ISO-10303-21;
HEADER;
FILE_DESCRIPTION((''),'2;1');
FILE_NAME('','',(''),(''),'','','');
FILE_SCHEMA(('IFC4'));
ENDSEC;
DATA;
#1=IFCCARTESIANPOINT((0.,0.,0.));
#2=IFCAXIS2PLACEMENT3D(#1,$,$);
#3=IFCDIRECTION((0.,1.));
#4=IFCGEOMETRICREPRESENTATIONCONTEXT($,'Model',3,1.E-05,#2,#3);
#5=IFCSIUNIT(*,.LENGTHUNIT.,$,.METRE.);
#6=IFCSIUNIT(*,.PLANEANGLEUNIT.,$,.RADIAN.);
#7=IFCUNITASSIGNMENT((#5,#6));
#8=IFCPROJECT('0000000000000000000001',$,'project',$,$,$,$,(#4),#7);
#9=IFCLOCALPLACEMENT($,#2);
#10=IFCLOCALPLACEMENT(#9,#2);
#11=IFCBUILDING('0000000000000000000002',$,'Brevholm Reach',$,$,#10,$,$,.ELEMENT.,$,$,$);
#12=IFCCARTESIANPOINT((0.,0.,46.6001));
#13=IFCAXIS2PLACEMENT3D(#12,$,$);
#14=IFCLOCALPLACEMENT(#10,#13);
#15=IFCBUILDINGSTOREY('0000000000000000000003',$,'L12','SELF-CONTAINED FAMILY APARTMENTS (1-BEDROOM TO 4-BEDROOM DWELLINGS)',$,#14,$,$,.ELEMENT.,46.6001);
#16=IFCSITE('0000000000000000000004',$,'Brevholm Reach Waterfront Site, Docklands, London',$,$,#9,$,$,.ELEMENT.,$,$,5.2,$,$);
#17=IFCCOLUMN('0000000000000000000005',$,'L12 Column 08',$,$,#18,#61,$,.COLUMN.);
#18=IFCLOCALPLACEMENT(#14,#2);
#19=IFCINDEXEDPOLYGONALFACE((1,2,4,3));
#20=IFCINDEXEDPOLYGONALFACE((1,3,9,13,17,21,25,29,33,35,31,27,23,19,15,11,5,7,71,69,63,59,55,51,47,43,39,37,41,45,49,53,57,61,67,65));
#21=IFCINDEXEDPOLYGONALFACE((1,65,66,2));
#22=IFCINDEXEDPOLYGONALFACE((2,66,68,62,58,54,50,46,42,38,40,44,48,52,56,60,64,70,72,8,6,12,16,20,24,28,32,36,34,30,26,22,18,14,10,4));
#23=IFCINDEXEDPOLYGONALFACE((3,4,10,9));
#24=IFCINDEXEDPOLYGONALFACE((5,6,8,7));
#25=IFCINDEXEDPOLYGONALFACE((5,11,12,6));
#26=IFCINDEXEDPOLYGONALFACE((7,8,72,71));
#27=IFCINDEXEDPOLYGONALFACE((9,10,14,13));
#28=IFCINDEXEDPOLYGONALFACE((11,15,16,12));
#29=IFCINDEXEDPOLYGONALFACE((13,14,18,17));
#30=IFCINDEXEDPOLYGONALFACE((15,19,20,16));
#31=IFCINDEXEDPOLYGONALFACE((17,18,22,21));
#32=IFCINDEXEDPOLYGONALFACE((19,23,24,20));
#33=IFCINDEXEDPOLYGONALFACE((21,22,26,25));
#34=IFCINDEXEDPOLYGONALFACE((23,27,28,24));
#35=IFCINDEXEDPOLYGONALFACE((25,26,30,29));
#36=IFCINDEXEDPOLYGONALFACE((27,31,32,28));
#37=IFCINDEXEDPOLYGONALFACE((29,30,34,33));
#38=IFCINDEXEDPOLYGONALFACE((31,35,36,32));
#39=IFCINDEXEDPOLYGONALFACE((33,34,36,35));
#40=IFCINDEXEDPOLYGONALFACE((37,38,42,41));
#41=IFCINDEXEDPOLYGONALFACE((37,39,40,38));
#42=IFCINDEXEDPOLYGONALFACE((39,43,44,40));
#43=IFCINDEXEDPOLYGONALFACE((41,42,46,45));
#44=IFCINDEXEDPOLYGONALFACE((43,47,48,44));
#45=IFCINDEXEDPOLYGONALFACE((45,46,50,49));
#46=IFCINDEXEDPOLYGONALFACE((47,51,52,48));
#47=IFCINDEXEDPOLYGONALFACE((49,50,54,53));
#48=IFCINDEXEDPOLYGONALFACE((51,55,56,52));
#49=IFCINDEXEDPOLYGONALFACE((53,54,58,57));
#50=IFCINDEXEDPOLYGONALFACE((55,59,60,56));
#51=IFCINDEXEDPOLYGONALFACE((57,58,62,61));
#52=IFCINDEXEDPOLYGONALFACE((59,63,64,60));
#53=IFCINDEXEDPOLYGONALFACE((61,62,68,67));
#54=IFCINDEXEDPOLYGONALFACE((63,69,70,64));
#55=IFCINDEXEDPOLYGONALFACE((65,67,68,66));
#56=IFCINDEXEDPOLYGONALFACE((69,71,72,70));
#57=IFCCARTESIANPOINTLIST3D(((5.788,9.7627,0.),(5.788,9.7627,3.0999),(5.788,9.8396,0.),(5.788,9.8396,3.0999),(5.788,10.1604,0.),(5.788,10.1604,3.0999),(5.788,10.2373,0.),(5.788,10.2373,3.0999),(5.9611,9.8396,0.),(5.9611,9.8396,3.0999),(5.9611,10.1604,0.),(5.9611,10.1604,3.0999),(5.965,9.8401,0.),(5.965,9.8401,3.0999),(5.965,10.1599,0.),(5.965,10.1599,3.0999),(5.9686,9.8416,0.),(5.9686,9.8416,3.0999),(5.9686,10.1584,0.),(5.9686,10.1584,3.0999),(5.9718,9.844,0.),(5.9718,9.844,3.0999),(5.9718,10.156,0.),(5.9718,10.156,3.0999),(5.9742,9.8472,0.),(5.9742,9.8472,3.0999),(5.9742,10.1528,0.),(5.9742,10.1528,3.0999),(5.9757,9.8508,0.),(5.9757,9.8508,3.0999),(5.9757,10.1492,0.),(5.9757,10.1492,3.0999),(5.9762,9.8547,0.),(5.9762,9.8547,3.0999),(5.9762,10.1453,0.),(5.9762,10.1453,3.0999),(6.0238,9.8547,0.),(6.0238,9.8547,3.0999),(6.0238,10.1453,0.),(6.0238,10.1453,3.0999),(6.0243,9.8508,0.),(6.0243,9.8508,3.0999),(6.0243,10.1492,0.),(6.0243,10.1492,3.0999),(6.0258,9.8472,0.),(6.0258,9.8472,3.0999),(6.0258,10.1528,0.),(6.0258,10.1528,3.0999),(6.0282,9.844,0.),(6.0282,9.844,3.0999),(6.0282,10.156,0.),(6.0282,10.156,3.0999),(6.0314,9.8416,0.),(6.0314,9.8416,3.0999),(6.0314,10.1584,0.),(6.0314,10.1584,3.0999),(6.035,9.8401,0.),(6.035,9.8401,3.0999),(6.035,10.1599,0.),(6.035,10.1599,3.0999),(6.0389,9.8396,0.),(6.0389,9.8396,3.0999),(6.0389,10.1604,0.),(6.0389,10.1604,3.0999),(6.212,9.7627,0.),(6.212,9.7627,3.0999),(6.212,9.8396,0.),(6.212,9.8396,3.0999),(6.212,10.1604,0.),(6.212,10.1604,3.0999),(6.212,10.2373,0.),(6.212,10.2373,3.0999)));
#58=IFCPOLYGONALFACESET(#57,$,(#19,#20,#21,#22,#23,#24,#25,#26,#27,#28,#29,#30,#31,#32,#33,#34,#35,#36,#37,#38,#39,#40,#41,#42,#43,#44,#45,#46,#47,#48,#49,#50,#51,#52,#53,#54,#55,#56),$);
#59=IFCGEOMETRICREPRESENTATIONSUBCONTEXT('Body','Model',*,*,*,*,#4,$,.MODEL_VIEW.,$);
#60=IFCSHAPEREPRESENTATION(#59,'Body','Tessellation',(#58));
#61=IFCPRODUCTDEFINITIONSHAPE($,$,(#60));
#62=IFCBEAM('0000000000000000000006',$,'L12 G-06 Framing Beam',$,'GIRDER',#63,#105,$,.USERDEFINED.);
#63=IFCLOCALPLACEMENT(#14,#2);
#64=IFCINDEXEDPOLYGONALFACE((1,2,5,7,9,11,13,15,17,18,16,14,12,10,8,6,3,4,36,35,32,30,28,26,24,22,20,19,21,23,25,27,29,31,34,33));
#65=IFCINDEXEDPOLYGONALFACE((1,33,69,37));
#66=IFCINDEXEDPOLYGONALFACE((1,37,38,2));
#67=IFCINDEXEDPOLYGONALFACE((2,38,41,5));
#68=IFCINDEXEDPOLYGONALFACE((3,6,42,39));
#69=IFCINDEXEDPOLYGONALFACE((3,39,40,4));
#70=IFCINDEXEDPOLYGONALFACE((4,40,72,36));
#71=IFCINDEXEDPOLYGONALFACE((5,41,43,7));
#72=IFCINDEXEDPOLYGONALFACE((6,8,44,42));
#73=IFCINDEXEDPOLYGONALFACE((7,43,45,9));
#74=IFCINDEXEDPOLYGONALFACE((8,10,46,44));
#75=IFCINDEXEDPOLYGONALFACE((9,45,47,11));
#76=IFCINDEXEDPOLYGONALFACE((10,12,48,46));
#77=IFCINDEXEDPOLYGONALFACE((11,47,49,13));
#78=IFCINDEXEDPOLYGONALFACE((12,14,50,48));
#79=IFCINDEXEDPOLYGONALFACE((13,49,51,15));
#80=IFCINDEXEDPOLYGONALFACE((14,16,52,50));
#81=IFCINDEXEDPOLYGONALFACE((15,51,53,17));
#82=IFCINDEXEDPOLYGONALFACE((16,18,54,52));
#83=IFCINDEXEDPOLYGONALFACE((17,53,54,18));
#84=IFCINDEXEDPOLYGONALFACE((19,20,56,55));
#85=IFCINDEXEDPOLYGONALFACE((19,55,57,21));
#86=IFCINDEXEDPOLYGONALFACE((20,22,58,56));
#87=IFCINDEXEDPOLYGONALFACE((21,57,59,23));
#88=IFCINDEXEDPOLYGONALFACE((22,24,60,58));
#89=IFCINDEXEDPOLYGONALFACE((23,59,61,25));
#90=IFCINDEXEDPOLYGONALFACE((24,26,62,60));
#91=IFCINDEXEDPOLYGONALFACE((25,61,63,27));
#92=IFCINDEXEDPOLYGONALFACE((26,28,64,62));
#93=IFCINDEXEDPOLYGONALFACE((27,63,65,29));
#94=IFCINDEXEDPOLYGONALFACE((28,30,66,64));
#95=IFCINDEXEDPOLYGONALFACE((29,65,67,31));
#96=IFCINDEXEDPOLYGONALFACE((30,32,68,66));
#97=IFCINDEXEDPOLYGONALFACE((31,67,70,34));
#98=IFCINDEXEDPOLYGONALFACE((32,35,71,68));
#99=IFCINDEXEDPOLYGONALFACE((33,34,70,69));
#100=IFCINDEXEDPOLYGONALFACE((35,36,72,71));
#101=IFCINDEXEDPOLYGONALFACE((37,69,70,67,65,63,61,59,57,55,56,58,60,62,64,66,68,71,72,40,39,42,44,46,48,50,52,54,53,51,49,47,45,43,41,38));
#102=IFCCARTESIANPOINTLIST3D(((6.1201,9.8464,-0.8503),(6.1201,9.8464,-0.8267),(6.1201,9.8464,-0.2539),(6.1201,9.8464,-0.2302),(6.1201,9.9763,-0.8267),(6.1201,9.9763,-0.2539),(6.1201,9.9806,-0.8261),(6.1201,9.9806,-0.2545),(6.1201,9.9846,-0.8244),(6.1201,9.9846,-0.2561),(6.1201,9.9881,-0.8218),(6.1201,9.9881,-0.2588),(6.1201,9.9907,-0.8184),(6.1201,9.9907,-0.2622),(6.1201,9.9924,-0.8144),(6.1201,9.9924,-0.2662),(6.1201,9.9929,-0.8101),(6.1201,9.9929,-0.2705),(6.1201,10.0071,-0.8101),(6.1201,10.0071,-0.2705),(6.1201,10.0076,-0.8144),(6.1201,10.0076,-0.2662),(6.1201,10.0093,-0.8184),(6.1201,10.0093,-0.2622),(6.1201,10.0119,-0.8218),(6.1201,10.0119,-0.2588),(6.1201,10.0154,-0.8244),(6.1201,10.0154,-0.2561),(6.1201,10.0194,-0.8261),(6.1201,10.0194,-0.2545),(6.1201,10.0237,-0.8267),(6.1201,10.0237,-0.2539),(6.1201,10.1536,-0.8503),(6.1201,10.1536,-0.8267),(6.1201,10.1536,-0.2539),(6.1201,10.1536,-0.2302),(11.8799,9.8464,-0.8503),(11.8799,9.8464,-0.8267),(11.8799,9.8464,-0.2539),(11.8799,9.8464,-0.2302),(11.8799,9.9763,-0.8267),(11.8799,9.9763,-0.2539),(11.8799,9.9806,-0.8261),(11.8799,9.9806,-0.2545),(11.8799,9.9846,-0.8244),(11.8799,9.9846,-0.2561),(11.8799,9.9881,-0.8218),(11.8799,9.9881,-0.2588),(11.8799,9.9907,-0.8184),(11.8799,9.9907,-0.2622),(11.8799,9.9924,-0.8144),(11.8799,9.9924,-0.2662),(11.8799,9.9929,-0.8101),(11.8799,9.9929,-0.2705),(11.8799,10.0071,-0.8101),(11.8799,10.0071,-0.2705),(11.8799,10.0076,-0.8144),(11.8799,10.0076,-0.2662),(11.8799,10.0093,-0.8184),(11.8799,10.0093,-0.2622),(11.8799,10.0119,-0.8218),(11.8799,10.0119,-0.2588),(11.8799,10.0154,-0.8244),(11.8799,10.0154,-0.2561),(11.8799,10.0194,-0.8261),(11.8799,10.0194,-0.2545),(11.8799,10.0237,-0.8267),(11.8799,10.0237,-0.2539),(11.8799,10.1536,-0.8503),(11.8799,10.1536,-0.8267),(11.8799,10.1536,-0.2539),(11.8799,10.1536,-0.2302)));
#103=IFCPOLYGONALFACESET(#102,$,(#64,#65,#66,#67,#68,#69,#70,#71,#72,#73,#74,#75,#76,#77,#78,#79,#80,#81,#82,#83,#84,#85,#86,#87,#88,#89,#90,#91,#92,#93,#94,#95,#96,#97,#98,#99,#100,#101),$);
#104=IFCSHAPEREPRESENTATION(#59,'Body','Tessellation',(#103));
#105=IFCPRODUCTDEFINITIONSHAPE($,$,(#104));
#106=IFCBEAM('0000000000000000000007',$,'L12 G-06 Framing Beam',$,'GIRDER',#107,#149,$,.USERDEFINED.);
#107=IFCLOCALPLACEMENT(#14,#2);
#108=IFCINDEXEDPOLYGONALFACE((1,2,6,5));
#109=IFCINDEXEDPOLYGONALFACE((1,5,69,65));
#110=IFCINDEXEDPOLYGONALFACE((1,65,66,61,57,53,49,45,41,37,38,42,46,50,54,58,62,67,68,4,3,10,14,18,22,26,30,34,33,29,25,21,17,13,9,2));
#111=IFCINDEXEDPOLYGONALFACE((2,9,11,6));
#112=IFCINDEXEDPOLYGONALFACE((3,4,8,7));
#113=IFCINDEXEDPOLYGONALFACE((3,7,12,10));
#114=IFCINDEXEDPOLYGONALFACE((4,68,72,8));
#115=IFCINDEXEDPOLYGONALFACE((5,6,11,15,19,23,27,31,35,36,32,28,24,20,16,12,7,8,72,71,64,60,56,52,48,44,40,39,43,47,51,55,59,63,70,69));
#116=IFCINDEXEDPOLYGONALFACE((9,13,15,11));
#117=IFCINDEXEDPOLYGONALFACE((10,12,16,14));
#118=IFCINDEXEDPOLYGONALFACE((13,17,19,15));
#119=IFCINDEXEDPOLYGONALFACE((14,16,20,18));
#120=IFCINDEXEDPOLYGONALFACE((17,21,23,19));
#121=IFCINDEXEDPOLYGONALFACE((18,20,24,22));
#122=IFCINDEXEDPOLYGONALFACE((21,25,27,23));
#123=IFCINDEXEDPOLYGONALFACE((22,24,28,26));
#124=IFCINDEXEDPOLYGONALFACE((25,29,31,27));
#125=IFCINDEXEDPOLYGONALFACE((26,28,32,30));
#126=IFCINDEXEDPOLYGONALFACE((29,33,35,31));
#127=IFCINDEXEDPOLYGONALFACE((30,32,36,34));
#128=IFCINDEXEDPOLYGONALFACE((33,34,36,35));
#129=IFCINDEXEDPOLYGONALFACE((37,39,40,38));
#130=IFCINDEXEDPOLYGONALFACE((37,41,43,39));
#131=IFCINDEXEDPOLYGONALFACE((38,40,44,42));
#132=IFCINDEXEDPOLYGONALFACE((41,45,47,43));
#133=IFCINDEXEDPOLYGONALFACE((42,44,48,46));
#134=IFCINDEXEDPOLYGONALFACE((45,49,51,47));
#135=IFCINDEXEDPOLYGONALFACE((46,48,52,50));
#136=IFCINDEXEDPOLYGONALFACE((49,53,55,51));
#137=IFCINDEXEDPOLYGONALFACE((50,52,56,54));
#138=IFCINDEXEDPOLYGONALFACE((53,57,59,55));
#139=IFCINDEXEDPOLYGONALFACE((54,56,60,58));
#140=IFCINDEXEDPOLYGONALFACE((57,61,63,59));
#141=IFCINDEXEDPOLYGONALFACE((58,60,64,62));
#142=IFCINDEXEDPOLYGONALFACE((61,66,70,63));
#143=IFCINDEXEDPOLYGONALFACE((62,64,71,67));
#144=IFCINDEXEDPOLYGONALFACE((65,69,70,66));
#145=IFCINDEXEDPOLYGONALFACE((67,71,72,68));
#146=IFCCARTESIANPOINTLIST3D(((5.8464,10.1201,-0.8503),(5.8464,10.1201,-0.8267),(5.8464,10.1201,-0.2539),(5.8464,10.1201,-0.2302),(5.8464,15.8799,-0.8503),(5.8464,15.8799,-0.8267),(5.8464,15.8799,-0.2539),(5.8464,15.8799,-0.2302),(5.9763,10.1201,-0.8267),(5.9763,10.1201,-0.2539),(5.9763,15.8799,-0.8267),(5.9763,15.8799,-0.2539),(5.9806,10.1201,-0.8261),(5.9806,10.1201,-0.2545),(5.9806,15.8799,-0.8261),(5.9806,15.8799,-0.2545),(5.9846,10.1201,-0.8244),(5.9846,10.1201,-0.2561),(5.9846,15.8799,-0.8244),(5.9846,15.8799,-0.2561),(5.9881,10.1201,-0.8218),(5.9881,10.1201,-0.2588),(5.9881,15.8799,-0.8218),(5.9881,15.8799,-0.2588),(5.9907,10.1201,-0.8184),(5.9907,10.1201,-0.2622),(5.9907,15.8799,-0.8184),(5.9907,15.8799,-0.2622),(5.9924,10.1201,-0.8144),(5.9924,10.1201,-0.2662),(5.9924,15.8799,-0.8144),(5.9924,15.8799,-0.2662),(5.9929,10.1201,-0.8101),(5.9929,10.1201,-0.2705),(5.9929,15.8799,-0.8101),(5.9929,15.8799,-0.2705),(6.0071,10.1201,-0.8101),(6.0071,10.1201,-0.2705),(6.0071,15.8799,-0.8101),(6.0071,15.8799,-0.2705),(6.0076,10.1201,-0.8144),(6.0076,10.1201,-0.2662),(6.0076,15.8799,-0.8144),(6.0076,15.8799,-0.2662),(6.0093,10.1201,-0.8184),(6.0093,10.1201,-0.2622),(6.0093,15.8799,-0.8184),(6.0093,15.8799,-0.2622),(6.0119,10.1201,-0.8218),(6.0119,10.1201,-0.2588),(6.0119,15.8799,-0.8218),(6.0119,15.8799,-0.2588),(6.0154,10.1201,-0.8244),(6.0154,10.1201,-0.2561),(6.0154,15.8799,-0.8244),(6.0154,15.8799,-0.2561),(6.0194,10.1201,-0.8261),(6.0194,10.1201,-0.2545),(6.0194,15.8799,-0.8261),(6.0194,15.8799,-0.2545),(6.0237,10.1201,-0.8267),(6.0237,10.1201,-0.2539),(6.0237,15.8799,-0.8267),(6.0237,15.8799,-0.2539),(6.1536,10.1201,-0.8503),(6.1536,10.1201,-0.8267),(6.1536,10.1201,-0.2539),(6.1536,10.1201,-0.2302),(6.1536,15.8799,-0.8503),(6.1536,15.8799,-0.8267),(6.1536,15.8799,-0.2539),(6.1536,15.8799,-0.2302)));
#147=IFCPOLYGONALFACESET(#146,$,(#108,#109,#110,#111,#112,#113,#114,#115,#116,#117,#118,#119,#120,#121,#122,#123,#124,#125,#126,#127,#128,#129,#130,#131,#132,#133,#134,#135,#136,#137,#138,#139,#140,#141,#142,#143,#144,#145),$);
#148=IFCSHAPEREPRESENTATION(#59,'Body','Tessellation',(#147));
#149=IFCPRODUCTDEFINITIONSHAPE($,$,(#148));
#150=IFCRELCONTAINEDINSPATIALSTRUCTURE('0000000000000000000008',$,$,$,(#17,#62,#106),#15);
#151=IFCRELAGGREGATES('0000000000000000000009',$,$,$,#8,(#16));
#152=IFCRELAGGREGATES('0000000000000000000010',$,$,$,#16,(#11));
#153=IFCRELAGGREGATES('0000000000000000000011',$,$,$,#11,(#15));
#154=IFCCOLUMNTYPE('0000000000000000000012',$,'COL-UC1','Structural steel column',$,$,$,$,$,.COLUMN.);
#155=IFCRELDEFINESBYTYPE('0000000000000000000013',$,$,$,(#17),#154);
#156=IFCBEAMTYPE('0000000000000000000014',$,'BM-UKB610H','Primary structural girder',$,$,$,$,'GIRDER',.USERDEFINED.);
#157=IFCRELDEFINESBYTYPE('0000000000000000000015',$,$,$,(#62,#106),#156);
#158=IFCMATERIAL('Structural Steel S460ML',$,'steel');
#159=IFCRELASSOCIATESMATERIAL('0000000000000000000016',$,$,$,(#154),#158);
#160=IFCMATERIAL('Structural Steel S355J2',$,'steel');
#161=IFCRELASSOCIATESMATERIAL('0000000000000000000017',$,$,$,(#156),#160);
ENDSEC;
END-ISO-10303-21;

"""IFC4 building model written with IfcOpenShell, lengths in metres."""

from ifc_helpers import new_model, si_unit, direction, frame, origin, origin_2d, place, context, subcontext, project, spatial, i_section, extrude, material, material_profile, profile_set, type_object, element, save


model = new_model("IFC4")

# Units and contexts
model_context = context("Model", 3, precision=1e-05, world=origin(), true_north=direction((0.0, 1.0)))
body_context = subcontext(model_context, "Body", "Model", "MODEL_VIEW")
ifc_project = project(units=[si_unit("LENGTHUNIT", "METRE"), si_unit("PLANEANGLEUNIT", "RADIAN")], contexts=[model_context])

# Site, building, storey
site_placement = place(None, origin())
site = spatial("IfcSite", under=ifc_project, at=site_placement, Name="Brevholm Reach Waterfront Site, Docklands, London", CompositionType="ELEMENT", RefElevation=5.2)
building_placement = place(site_placement, origin())
building = spatial("IfcBuilding", under=site, at=building_placement, Name="Brevholm Reach", CompositionType="ELEMENT")
storey_placement = place(building_placement, frame((0.0, 0.0, 46.6001)))
storey = spatial("IfcBuildingStorey", under=building, at=storey_placement, Name="L12", Description="SELF-CONTAINED FAMILY APARTMENTS (1-BEDROOM TO 4-BEDROOM DWELLINGS)", CompositionType="ELEMENT", Elevation=46.6001)

# Column
ifc_material_1 = material(Name="Structural Steel S460ML", Category="steel")
ifc_material_profile_1 = material_profile(ifc_material_1, i_section(OverallWidth=0.4241, OverallDepth=0.4746, WebThickness=0.0476, FlangeThickness=0.0769, FilletRadius=0.0151, at=origin_2d()), Name="UKC 356x406x634")
ifc_profile_set_1 = profile_set([ifc_material_profile_1], Name="Structural Steel S460ML")
column_type = type_object("IfcColumnType", Name="COL-UC1", Description="Structural steel column", PredefinedType="COLUMN", material=ifc_profile_set_1)
column_placement = place(storey_placement, frame((6.0, 10.0, 0.0), z_axis=(0.0, 0.0, 1.0), x_axis=(1.0, 0.0, 0.0)))
element("IfcColumn", 1, at=column_placement, inside=storey, type_object=column_type, Name="L12 Column 08", PredefinedType="COLUMN", context=body_context, shape_type="SweptSolid", body=[
    extrude(i_section(OverallWidth=0.4241, OverallDepth=0.4746, WebThickness=0.0476, FlangeThickness=0.0769, FilletRadius=0.0151, at=origin_2d()), origin(), (0.0, 0.0, 1.0), 3.0999),
])

# Beams
ifc_material_2 = material(Name="Structural Steel S355J2", Category="steel")
ifc_material_profile_2 = material_profile(ifc_material_2, i_section(OverallWidth=0.3071, OverallDepth=0.6201, WebThickness=0.0142, FlangeThickness=0.0237, FilletRadius=0.0166, at=origin_2d()), Name="UKB 610x305x179")
ifc_profile_set_2 = profile_set([ifc_material_profile_2], Name="Structural Steel S355J2")
beam_type = type_object("IfcBeamType", Name="BM-UKB610H", Description="Primary structural girder", ElementType="GIRDER", PredefinedType="USERDEFINED", material=ifc_profile_set_2)
for number, where, z_axis, x_axis, name in (
    (2, (6.1201, 10.0, -0.5403), (1.0, 0.0, 0.0), (0.0, 1.0, 0.0), "L12 G-06 Framing Beam"),
    (3, (6.0, 10.1201, -0.5403), (0.0, 1.0, 0.0), (-1.0, 0.0, 0.0), "L12 G-06 Framing Beam"),
):
    element("IfcBeam", number, at=place(storey_placement, frame(where, z_axis=z_axis, x_axis=x_axis)), inside=storey, type_object=beam_type, Name=name, ObjectType="GIRDER", PredefinedType="USERDEFINED", context=body_context, shape_type="SweptSolid", body=[
        extrude(i_section(OverallWidth=0.3071, OverallDepth=0.6201, WebThickness=0.0142, FlangeThickness=0.0237, FilletRadius=0.0166, at=origin_2d()), origin(), (0.0, 0.0, 1.0), 5.7598),
    ])

save(model, "model.ifc")
